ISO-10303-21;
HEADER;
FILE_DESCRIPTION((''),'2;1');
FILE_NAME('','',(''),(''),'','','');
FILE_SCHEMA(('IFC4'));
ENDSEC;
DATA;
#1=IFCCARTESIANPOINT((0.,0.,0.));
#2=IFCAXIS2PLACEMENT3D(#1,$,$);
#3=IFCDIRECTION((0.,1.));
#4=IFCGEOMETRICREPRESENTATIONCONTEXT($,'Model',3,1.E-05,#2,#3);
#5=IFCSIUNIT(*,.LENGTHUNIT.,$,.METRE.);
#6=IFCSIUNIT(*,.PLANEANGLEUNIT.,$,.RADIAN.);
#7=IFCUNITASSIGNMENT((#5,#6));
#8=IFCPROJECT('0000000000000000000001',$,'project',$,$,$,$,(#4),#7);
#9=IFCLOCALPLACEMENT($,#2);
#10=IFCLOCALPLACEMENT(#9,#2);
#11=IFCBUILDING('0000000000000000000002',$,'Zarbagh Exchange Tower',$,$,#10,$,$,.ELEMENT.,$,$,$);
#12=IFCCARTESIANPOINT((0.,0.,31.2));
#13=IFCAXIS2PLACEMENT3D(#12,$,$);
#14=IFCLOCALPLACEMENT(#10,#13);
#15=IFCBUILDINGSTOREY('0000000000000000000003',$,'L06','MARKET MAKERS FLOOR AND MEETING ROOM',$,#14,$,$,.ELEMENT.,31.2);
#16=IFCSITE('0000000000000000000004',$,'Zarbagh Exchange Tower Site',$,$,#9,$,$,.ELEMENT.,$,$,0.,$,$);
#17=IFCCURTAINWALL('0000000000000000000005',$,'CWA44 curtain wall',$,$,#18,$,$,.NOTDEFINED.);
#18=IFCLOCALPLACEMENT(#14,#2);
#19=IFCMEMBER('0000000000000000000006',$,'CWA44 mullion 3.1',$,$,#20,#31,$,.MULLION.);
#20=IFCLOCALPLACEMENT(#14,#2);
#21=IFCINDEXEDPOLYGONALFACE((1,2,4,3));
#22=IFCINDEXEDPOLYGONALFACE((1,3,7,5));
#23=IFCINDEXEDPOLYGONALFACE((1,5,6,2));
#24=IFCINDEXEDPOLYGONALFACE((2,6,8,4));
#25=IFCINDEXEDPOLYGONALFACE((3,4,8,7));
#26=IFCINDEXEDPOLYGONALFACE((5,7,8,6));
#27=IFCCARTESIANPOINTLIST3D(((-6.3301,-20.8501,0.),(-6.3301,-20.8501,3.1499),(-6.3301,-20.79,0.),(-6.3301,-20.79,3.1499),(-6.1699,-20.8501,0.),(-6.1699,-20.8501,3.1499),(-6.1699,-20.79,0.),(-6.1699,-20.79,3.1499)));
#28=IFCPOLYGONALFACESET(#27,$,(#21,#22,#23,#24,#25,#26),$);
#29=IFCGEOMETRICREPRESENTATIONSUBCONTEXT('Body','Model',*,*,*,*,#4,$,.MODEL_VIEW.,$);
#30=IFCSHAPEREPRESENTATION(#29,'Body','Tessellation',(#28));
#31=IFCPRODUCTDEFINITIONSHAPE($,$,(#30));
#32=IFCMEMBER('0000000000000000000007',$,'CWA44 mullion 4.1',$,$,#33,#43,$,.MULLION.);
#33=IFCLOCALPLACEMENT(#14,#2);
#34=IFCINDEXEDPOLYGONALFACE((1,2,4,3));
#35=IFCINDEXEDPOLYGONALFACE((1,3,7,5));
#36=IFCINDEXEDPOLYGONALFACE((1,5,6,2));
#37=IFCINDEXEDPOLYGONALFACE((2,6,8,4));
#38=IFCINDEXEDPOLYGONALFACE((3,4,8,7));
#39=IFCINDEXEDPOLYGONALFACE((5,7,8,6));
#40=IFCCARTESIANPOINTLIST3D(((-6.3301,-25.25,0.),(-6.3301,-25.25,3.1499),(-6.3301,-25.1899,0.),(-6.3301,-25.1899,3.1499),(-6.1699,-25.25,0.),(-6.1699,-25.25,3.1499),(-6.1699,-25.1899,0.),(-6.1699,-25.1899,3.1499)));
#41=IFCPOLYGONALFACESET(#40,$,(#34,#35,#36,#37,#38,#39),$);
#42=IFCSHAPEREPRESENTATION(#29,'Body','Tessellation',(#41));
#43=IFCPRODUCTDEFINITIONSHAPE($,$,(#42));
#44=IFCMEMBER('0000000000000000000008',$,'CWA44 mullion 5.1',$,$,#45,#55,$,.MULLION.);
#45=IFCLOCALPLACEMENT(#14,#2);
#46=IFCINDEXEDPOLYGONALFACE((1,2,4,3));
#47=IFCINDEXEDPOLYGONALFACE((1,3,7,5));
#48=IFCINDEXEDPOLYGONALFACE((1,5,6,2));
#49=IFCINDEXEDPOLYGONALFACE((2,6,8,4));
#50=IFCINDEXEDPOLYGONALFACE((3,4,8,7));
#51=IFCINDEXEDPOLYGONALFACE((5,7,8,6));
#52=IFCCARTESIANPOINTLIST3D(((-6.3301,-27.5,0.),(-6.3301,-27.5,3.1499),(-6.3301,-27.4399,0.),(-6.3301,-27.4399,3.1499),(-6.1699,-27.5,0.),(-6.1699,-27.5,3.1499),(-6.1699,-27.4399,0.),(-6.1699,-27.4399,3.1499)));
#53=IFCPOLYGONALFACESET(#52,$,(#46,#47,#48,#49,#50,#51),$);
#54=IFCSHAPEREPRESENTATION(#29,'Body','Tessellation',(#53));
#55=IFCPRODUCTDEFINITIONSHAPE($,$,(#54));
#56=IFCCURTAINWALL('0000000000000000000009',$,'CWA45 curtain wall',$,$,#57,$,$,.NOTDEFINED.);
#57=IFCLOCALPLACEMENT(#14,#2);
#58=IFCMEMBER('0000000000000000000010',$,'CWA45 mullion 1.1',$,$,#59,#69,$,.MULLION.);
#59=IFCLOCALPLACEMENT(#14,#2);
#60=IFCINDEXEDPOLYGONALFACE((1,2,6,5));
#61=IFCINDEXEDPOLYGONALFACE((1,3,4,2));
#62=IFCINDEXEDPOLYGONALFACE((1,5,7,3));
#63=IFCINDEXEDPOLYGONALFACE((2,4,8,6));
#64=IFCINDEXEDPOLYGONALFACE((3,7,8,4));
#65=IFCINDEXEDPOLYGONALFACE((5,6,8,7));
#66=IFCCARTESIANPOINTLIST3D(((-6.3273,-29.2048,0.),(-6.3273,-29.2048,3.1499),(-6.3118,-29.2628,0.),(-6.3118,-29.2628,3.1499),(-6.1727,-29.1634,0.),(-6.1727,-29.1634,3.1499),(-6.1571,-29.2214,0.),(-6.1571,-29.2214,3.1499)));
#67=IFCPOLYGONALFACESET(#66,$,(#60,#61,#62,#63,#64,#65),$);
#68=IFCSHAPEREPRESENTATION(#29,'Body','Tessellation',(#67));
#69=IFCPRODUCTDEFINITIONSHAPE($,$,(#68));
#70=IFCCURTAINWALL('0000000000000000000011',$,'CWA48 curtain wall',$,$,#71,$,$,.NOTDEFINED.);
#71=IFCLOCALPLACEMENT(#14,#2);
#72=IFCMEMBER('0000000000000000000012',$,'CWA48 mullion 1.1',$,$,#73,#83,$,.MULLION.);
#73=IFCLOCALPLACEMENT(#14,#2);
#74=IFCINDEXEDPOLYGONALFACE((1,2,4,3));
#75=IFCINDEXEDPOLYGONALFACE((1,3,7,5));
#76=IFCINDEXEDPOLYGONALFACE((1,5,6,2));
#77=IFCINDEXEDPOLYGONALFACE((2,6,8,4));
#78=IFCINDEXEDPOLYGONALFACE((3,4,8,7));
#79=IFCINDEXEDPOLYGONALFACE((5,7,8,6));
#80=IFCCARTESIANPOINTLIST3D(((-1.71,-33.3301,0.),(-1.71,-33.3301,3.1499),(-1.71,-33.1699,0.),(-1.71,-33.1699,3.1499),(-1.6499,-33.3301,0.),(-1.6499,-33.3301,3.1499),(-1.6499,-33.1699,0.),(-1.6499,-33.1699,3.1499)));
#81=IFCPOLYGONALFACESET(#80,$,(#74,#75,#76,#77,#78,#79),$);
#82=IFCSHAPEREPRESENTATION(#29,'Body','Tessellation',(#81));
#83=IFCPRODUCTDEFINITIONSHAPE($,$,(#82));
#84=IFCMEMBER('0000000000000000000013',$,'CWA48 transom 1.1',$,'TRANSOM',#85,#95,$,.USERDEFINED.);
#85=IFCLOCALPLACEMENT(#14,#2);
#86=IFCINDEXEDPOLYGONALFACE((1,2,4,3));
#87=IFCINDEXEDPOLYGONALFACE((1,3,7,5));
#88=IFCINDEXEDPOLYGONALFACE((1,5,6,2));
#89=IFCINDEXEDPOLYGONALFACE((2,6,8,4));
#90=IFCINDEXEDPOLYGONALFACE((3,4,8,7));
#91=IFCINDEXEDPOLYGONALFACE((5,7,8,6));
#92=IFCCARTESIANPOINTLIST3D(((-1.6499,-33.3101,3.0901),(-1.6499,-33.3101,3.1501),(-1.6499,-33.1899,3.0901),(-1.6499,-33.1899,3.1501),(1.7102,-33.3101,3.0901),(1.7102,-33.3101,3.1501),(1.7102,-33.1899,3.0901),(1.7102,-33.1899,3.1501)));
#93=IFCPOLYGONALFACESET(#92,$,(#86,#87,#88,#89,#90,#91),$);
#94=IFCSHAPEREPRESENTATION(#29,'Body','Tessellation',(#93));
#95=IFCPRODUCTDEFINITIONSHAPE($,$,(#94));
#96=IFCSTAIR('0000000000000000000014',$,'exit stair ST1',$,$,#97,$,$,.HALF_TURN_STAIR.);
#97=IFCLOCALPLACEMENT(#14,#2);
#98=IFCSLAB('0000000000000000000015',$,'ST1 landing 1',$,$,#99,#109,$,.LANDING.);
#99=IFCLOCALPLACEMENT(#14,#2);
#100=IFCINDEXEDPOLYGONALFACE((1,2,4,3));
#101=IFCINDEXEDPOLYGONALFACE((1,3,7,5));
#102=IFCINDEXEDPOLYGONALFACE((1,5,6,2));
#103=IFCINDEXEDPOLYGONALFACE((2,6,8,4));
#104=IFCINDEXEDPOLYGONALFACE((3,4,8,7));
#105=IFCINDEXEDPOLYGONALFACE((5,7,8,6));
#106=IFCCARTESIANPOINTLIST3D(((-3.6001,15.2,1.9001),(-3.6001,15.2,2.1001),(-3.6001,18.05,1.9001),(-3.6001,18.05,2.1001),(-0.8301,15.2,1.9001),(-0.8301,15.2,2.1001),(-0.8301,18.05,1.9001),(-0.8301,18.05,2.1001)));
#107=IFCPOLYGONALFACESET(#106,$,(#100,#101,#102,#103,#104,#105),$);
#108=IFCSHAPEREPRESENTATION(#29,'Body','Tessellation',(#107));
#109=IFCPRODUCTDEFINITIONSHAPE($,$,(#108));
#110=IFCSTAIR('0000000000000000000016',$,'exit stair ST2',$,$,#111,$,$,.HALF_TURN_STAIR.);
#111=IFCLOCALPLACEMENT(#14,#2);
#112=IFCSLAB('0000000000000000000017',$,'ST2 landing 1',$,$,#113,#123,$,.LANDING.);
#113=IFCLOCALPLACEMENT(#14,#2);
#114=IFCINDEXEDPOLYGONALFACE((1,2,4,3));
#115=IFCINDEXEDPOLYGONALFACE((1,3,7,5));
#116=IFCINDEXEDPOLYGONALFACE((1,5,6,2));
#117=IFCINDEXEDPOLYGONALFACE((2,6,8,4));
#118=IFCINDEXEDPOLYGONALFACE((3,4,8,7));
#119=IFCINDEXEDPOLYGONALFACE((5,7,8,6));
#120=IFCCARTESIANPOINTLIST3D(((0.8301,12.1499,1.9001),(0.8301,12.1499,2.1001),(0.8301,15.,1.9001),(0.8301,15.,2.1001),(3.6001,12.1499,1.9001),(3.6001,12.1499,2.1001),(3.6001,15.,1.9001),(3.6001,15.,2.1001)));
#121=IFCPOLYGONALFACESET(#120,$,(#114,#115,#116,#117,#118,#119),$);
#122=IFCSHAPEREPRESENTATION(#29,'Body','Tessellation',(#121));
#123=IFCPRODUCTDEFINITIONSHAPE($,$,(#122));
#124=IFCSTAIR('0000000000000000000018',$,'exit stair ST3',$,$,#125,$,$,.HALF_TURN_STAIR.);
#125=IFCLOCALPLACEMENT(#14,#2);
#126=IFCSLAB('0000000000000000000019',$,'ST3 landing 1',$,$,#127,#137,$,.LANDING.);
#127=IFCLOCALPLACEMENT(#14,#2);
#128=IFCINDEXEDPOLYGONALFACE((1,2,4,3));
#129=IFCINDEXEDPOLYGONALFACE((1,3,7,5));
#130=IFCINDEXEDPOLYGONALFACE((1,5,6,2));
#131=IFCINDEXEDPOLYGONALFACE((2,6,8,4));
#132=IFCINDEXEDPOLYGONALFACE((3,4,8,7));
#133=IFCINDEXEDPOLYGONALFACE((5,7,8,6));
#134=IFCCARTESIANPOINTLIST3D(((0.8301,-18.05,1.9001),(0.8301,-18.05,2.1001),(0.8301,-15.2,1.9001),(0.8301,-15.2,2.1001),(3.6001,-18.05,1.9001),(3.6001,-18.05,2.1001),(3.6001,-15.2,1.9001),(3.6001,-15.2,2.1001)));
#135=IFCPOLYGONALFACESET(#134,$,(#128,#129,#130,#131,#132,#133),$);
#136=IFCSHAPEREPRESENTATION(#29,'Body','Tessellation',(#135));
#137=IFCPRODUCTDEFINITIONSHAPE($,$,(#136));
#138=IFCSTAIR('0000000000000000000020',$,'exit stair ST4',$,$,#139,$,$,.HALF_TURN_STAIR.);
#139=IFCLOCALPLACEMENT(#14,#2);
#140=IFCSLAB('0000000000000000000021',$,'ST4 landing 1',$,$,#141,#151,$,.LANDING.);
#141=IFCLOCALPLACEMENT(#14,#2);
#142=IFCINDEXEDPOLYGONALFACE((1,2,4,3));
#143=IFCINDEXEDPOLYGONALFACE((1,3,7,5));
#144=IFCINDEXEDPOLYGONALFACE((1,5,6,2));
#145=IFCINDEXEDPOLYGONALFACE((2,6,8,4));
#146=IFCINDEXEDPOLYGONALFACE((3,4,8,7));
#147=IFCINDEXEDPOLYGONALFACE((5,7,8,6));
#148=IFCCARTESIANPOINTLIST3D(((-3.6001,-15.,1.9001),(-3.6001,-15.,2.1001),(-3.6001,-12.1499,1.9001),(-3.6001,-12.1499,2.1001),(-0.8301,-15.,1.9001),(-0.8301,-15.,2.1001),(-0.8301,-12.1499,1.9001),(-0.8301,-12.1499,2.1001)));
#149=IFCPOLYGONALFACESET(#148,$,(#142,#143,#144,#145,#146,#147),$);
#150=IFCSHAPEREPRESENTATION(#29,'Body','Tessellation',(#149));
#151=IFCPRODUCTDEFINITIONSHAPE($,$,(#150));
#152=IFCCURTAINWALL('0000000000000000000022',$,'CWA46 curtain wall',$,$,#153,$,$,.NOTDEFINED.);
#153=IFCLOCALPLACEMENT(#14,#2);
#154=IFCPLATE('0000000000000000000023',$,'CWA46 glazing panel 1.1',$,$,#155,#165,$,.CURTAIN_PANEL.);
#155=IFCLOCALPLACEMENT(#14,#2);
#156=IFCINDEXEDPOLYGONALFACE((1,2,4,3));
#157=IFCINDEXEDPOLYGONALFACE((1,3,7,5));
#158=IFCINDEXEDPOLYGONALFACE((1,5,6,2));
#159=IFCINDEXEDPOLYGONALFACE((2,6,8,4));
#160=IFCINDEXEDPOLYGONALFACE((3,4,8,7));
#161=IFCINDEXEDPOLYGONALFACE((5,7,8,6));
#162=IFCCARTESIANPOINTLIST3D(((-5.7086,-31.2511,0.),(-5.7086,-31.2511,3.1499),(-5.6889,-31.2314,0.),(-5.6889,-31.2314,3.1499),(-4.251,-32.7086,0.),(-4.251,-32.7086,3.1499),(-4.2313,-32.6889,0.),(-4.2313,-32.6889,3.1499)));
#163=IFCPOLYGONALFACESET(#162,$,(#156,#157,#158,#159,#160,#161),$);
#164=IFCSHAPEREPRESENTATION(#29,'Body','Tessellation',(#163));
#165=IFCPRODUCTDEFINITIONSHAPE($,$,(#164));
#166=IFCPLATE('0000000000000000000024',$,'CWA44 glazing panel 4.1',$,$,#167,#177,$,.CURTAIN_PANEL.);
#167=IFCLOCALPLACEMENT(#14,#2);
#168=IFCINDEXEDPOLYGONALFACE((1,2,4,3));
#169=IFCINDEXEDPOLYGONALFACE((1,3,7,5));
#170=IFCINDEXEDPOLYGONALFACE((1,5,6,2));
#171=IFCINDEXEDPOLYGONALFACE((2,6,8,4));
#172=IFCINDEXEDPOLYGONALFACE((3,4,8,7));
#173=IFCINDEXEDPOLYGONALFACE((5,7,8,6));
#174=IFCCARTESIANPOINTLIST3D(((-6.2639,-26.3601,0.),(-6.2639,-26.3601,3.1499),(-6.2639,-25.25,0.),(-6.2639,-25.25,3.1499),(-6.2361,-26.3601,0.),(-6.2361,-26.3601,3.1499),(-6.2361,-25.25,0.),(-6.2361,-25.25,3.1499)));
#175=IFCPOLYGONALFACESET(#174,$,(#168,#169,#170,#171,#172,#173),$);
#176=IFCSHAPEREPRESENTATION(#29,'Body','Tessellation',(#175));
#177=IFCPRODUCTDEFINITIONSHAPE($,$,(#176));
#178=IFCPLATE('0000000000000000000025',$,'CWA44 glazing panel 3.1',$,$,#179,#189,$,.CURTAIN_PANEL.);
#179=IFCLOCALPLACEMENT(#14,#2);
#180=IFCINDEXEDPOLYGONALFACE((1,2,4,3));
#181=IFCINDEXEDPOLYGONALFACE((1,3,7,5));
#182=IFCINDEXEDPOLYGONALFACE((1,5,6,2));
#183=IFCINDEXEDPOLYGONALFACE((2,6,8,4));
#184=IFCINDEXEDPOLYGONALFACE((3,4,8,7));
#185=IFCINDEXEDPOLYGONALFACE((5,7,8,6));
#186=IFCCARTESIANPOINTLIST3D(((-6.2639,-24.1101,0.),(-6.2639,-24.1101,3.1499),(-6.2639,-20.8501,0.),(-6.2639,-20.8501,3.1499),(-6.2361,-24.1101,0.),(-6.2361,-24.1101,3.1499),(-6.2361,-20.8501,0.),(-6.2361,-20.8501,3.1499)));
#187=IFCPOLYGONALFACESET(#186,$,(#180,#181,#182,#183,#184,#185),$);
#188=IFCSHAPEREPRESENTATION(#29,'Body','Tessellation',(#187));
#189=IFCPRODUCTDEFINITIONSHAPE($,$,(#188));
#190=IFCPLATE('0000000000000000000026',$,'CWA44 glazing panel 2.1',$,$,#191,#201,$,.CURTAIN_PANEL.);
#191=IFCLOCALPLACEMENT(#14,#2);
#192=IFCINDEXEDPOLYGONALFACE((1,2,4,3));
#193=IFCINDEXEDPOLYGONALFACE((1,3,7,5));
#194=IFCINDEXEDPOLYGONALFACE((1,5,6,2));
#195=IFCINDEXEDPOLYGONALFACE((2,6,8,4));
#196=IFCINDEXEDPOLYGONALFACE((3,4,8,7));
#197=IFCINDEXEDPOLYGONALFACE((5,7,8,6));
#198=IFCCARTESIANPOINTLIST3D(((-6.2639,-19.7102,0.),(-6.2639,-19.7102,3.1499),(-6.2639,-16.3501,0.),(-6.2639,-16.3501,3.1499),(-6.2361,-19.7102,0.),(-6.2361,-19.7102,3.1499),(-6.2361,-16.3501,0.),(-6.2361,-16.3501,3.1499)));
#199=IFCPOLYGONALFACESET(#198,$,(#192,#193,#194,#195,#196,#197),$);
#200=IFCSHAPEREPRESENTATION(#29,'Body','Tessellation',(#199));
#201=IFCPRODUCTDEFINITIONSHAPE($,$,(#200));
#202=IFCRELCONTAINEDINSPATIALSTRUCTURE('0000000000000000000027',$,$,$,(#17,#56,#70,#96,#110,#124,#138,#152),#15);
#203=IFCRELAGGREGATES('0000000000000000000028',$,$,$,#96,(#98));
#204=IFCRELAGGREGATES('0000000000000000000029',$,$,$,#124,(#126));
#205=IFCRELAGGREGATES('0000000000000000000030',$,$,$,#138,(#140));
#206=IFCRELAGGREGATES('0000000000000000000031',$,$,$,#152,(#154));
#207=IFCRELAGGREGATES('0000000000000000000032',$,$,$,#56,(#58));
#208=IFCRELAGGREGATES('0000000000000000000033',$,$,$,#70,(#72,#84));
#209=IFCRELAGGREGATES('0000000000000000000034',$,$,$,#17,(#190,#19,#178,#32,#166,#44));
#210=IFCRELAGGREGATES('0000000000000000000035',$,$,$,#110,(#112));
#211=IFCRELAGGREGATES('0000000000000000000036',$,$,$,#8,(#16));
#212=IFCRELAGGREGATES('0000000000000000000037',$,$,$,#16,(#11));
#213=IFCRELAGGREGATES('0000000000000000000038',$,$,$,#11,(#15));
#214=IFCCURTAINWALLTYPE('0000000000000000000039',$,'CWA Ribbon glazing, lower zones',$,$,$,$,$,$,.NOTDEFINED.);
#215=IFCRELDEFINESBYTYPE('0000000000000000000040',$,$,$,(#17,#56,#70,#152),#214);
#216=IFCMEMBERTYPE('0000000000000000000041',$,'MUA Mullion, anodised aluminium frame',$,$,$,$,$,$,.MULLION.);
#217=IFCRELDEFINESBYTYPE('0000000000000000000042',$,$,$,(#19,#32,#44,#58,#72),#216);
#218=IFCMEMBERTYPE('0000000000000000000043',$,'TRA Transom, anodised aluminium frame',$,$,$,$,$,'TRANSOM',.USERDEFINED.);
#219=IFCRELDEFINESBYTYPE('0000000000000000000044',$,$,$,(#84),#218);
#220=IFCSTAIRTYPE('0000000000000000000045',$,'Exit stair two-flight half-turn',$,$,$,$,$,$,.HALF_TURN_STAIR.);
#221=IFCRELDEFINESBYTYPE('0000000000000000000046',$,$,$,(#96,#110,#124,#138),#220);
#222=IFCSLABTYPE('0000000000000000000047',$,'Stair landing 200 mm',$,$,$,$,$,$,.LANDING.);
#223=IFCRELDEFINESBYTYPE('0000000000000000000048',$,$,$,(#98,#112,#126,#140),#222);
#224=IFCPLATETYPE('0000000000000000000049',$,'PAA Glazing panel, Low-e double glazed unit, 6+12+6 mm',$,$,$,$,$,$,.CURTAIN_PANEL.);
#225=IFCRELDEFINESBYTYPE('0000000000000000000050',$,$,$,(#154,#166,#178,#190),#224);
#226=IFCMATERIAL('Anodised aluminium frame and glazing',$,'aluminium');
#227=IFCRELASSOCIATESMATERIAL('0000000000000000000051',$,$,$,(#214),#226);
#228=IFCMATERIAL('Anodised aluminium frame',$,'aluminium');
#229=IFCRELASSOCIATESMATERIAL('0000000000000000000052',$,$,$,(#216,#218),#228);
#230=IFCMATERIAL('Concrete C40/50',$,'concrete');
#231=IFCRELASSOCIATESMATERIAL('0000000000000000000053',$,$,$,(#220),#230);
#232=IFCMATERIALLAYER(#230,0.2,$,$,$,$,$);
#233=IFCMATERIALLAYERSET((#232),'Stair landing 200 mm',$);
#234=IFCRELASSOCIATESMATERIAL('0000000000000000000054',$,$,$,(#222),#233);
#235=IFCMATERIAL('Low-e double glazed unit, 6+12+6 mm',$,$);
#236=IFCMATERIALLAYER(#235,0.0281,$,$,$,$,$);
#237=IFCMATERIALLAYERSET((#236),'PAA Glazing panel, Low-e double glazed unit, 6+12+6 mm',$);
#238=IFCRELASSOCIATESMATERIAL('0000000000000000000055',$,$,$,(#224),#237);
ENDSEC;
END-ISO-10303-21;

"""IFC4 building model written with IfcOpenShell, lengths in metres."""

from ifc_helpers import new_model, si_unit, direction, frame, origin, place, context, subcontext, project, spatial, polyline, outline, extrude, source, transform, mapped, material, layer, layer_set, type_object, element, aggregate, save


model = new_model("IFC4")

# Units and contexts
model_context = context("Model", 3, precision=1e-05, world=origin(), true_north=direction((0.0, 1.0)))
body_context = subcontext(model_context, "Body", "Model", "MODEL_VIEW")
ifc_project = project(units=[si_unit("LENGTHUNIT", "METRE"), si_unit("PLANEANGLEUNIT", "RADIAN")], contexts=[model_context])

# Site, building, storey
site_placement = place(None, origin())
site = spatial("IfcSite", under=ifc_project, at=site_placement, Name="Zarbagh Exchange Tower Site", CompositionType="ELEMENT", RefElevation=0.0)
building_placement = place(site_placement, origin())
building = spatial("IfcBuilding", under=site, at=building_placement, Name="Zarbagh Exchange Tower", CompositionType="ELEMENT")
storey_placement = place(building_placement, frame((0.0, 0.0, 31.2)))
storey = spatial("IfcBuildingStorey", under=building, at=storey_placement, Name="L06", Description="MARKET MAKERS FLOOR AND MEETING ROOM", CompositionType="ELEMENT", Elevation=31.2)

# Curtain wall, members
ifc_material_1 = material(Name="Anodised aluminium frame and glazing", Category="aluminium")
curtain_wall_type = type_object("IfcCurtainWallType", Name="CWA Ribbon glazing, lower zones", PredefinedType="NOTDEFINED", material=ifc_material_1)
curtain_wall_1_placement = place(storey_placement, origin())
curtain_wall_1 = element("IfcCurtainWall", 1, at=curtain_wall_1_placement, inside=storey, type_object=curtain_wall_type, Name="CWA44 curtain wall", PredefinedType="NOTDEFINED")
ifc_material_2 = material(Name="Anodised aluminium frame", Category="aluminium")
member_type_1 = type_object("IfcMemberType", Name="MUA Mullion, anodised aluminium frame", PredefinedType="MULLION", material=ifc_material_2)
shared_shape_1 = source(origin(), body_context, "Body", "SweptSolid", [
    extrude(outline(polyline([(0.0, -0.0801), (0.0601, -0.0801), (0.0601, 0.0801), (0.0, 0.0801), (0.0, -0.0801)])), origin(), (0.0, 0.0, 1.0), 3.1499),
])
placement = place(storey_placement, origin())
member_1 = element("IfcMember", 2, at=placement, type_object=member_type_1, Name="CWA44 mullion 3.1", PredefinedType="MULLION", context=body_context, shape_type="MappedRepresentation", body=[
    mapped(shared_shape_1, transform((-6.25, -20.79, 0.0), x_axis=(0.0, -1.0, 0.0), y_axis=(1.0, 0.0, 0.0), z_axis=(0.0, 0.0, 1.0))),
])
member_2 = element("IfcMember", 3, at=placement, type_object=member_type_1, Name="CWA44 mullion 4.1", PredefinedType="MULLION", context=body_context, shape_type="MappedRepresentation", body=[
    mapped(shared_shape_1, transform((-6.25, -25.1899, 0.0), x_axis=(0.0, -1.0, 0.0), y_axis=(1.0, 0.0, 0.0), z_axis=(0.0, 0.0, 1.0))),
])
member_3 = element("IfcMember", 4, at=placement, type_object=member_type_1, Name="CWA44 mullion 5.1", PredefinedType="MULLION", context=body_context, shape_type="MappedRepresentation", body=[
    mapped(shared_shape_1, transform((-6.25, -27.4399, 0.0), x_axis=(0.0, -1.0, 0.0), y_axis=(1.0, 0.0, 0.0), z_axis=(0.0, 0.0, 1.0))),
])

# Curtain wall, member
curtain_wall_2_placement = place(storey_placement, origin())
curtain_wall_2 = element("IfcCurtainWall", 5, at=curtain_wall_2_placement, inside=storey, type_object=curtain_wall_type, Name="CWA45 curtain wall", PredefinedType="NOTDEFINED")
member_4 = element("IfcMember", 6, at=placement, type_object=member_type_1, Name="CWA45 mullion 1.1", PredefinedType="MULLION", context=body_context, shape_type="MappedRepresentation", body=[
    mapped(shared_shape_1, transform((-6.25, -29.1841, 0.0), x_axis=(0.258825, -0.965924, 0.0), y_axis=(0.965924, 0.258825, 0.0), z_axis=(0.0, 0.0, 1.0))),
])

# Curtain wall, members
curtain_wall_3_placement = place(storey_placement, origin())
curtain_wall_3 = element("IfcCurtainWall", 7, at=curtain_wall_3_placement, inside=storey, type_object=curtain_wall_type, Name="CWA48 curtain wall", PredefinedType="NOTDEFINED")
member_5 = element("IfcMember", 8, at=placement, type_object=member_type_1, Name="CWA48 mullion 1.1", PredefinedType="MULLION", context=body_context, shape_type="MappedRepresentation", body=[
    mapped(shared_shape_1, transform((-1.71, -33.25, 0.0), x_axis=(1.0, 0.0, 0.0), y_axis=(0.0, 1.0, 0.0), z_axis=(0.0, 0.0, 1.0))),
])
member_type_2 = type_object("IfcMemberType", Name="TRA Transom, anodised aluminium frame", ElementType="TRANSOM", PredefinedType="USERDEFINED", material=ifc_material_2)
shared_shape_2 = source(origin(), body_context, "Body", "SweptSolid", [
    extrude(outline(polyline([(-0.0601, -0.0601), (0.0, -0.0601), (0.0, 0.0601), (-0.0601, 0.0601), (-0.0601, -0.0601)])), origin(), (0.0, 0.0, 1.0), 3.3601),
])
member_6 = element("IfcMember", 9, at=placement, type_object=member_type_2, Name="CWA48 transom 1.1", ObjectType="TRANSOM", PredefinedType="USERDEFINED", context=body_context, shape_type="MappedRepresentation", body=[
    mapped(shared_shape_2, transform((-1.6499, -33.25, 3.1501), x_axis=(0.0, 0.0, 1.0), y_axis=(0.0, -1.0, 0.0), z_axis=(1.0, 0.0, 0.0))),
])

# Stairs, slabs
ifc_material_3 = material(Name="Concrete C40/50", Category="concrete")
stair_type = type_object("IfcStairType", Name="Exit stair two-flight half-turn", PredefinedType="HALF_TURN_STAIR", material=ifc_material_3)
stair_1_placement = place(storey_placement, origin())
stair_1 = element("IfcStair", 10, at=stair_1_placement, inside=storey, type_object=stair_type, Name="exit stair ST1", PredefinedType="HALF_TURN_STAIR")
ifc_layer_1 = layer(ifc_material_3, 0.2)
ifc_layer_set_1 = layer_set([ifc_layer_1], Name="Stair landing 200 mm")
slab_type = type_object("IfcSlabType", Name="Stair landing 200 mm", PredefinedType="LANDING", material=ifc_layer_set_1)
slab_1_placement = place(storey_placement, frame((0.0, 0.0, 1.9001)))
slab_1 = element("IfcSlab", 11, at=slab_1_placement, type_object=slab_type, Name="ST1 landing 1", PredefinedType="LANDING", context=body_context, shape_type="SweptSolid", body=[
    extrude(outline(polyline([(-0.8301, 18.05), (-3.6001, 18.05), (-3.6001, 15.2), (-0.8301, 15.2), (-0.8301, 18.05)])), origin(), (0.0, 0.0, 1.0), 0.2),
])
aggregate(stair_1, [slab_1])
stair_2_placement = place(storey_placement, origin())
stair_2 = element("IfcStair", 12, at=stair_2_placement, inside=storey, type_object=stair_type, Name="exit stair ST2", PredefinedType="HALF_TURN_STAIR")
slab_2_placement = place(storey_placement, frame((0.0, 0.0, 1.9001)))
slab_2 = element("IfcSlab", 13, at=slab_2_placement, type_object=slab_type, Name="ST2 landing 1", PredefinedType="LANDING", context=body_context, shape_type="SweptSolid", body=[
    extrude(outline(polyline([(0.8301, 12.1499), (3.6001, 12.1499), (3.6001, 15.0), (0.8301, 15.0), (0.8301, 12.1499)])), origin(), (0.0, 0.0, 1.0), 0.2),
])
stair_3_placement = place(storey_placement, origin())
stair_3 = element("IfcStair", 14, at=stair_3_placement, inside=storey, type_object=stair_type, Name="exit stair ST3", PredefinedType="HALF_TURN_STAIR")
slab_3_placement = place(storey_placement, frame((0.0, 0.0, 1.9001)))
slab_3 = element("IfcSlab", 15, at=slab_3_placement, type_object=slab_type, Name="ST3 landing 1", PredefinedType="LANDING", context=body_context, shape_type="SweptSolid", body=[
    extrude(outline(polyline([(0.8301, -18.05), (3.6001, -18.05), (3.6001, -15.2), (0.8301, -15.2), (0.8301, -18.05)])), origin(), (0.0, 0.0, 1.0), 0.2),
])
aggregate(stair_3, [slab_3])
stair_4_placement = place(storey_placement, origin())
stair_4 = element("IfcStair", 16, at=stair_4_placement, inside=storey, type_object=stair_type, Name="exit stair ST4", PredefinedType="HALF_TURN_STAIR")
slab_4_placement = place(storey_placement, frame((0.0, 0.0, 1.9001)))
slab_4 = element("IfcSlab", 17, at=slab_4_placement, type_object=slab_type, Name="ST4 landing 1", PredefinedType="LANDING", context=body_context, shape_type="SweptSolid", body=[
    extrude(outline(polyline([(-0.8301, -12.1499), (-3.6001, -12.1499), (-3.6001, -15.0), (-0.8301, -15.0), (-0.8301, -12.1499)])), origin(), (0.0, 0.0, 1.0), 0.2),
])
aggregate(stair_4, [slab_4])

# Curtain wall, plate
curtain_wall_4_placement = place(storey_placement, origin())
curtain_wall_4 = element("IfcCurtainWall", 18, at=curtain_wall_4_placement, inside=storey, type_object=curtain_wall_type, Name="CWA46 curtain wall", PredefinedType="NOTDEFINED")
ifc_material_4 = material(Name="Low-e double glazed unit, 6+12+6 mm")
ifc_layer_2 = layer(ifc_material_4, 0.0281)
ifc_layer_set_2 = layer_set([ifc_layer_2], Name="PAA Glazing panel, Low-e double glazed unit, 6+12+6 mm")
plate_type = type_object("IfcPlateType", Name="PAA Glazing panel, Low-e double glazed unit, 6+12+6 mm", PredefinedType="CURTAIN_PANEL", material=ifc_layer_set_2)
shared_shape_3 = source(origin(), body_context, "Body", "SweptSolid", [
    extrude(outline(polyline([(0.0, -0.0139), (2.0613, -0.0139), (2.0613, 0.0139), (0.0, 0.0139), (0.0, -0.0139)])), origin(), (0.0, 0.0, 1.0), 3.1499),
])
plate_1 = element("IfcPlate", 19, at=placement, type_object=plate_type, Name="CWA46 glazing panel 1.1", PredefinedType="CURTAIN_PANEL", context=body_context, shape_type="MappedRepresentation", body=[
    mapped(shared_shape_3, transform((-5.6987, -31.2412, 0.0), x_axis=(0.707107, -0.707107, 0.0), y_axis=(0.707107, 0.707107, 0.0), z_axis=(0.0, 0.0, 1.0))),
])
aggregate(curtain_wall_4, [plate_1])

# Plates
shared_shape_4 = source(origin(), body_context, "Body", "SweptSolid", [
    extrude(outline(polyline([(0.0, -0.0139), (1.1101, -0.0139), (1.1101, 0.0139), (0.0, 0.0139), (0.0, -0.0139)])), origin(), (0.0, 0.0, 1.0), 3.1499),
])
plate_2 = element("IfcPlate", 20, at=placement, type_object=plate_type, Name="CWA44 glazing panel 4.1", PredefinedType="CURTAIN_PANEL", context=body_context, shape_type="MappedRepresentation", body=[
    mapped(shared_shape_4, transform((-6.25, -25.25, 0.0), x_axis=(0.0, -1.0, 0.0), y_axis=(1.0, 0.0, 0.0), z_axis=(0.0, 0.0, 1.0))),
])
shared_shape_5 = source(origin(), body_context, "Body", "SweptSolid", [
    extrude(outline(polyline([(0.0, -0.0139), (3.26, -0.0139), (3.26, 0.0139), (0.0, 0.0139), (0.0, -0.0139)])), origin(), (0.0, 0.0, 1.0), 3.1499),
])
plate_3 = element("IfcPlate", 21, at=placement, type_object=plate_type, Name="CWA44 glazing panel 3.1", PredefinedType="CURTAIN_PANEL", context=body_context, shape_type="MappedRepresentation", body=[
    mapped(shared_shape_5, transform((-6.25, -20.8501, 0.0), x_axis=(0.0, -1.0, 0.0), y_axis=(1.0, 0.0, 0.0), z_axis=(0.0, 0.0, 1.0))),
])
shared_shape_6 = source(origin(), body_context, "Body", "SweptSolid", [
    extrude(outline(polyline([(0.0, -0.0139), (3.3601, -0.0139), (3.3601, 0.0139), (0.0, 0.0139), (0.0, -0.0139)])), origin(), (0.0, 0.0, 1.0), 3.1499),
])
plate_4 = element("IfcPlate", 22, at=placement, type_object=plate_type, Name="CWA44 glazing panel 2.1", PredefinedType="CURTAIN_PANEL", context=body_context, shape_type="MappedRepresentation", body=[
    mapped(shared_shape_6, transform((-6.25, -16.3501, 0.0), x_axis=(0.0, -1.0, 0.0), y_axis=(1.0, 0.0, 0.0), z_axis=(0.0, 0.0, 1.0))),
])
aggregate(curtain_wall_2, [member_4])

aggregate(curtain_wall_3, [member_5, member_6])
aggregate(curtain_wall_1, [plate_4, member_1, plate_3, member_2, plate_2, member_3])

aggregate(stair_2, [slab_2])

save(model, "model.ifc")
